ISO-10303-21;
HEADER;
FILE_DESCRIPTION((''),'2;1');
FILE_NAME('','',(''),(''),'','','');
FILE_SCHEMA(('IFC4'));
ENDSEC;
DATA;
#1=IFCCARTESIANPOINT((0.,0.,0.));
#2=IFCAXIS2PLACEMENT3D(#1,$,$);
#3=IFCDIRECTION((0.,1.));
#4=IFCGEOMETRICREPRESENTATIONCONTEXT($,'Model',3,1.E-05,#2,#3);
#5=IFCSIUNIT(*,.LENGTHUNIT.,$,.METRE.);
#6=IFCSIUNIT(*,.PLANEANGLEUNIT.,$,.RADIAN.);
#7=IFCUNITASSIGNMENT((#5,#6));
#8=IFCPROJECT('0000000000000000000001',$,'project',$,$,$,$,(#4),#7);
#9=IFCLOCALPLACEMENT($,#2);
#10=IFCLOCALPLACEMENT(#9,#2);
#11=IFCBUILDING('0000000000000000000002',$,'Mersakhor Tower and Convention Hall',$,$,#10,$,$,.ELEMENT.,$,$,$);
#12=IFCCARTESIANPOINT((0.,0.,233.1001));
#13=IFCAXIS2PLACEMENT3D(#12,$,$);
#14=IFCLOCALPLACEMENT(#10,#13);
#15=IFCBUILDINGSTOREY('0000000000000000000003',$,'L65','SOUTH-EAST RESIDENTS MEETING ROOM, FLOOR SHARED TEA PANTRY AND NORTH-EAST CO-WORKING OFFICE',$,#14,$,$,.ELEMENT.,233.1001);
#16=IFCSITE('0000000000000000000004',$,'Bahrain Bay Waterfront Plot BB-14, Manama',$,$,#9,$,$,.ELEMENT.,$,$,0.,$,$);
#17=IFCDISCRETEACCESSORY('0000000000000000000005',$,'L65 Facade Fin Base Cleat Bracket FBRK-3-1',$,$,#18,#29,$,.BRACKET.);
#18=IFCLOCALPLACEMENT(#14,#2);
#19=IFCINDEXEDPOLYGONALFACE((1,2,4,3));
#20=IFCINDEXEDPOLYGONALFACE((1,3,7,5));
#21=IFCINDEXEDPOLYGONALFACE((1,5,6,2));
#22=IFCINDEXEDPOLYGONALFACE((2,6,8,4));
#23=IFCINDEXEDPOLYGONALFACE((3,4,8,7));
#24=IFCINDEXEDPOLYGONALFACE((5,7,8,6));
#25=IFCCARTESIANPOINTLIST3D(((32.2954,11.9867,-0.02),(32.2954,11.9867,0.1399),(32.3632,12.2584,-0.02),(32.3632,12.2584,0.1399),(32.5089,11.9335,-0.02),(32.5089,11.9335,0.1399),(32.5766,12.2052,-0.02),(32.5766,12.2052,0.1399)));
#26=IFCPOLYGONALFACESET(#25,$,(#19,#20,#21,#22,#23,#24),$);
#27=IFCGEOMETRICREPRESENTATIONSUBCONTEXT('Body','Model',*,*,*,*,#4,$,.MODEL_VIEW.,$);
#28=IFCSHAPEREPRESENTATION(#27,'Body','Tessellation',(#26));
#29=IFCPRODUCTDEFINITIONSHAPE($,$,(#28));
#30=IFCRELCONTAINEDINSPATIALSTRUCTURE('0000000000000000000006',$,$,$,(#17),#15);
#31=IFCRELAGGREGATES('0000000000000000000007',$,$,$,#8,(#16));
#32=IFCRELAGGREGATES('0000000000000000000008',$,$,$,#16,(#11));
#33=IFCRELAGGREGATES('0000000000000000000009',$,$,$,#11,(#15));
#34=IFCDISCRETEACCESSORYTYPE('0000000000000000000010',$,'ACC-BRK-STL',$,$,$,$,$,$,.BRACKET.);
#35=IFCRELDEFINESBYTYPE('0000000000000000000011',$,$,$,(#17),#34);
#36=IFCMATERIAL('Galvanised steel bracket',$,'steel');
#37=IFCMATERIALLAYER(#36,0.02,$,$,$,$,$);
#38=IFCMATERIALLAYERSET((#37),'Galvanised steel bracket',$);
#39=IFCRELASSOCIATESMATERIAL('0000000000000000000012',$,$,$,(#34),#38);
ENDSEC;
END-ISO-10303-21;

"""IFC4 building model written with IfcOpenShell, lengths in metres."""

from ifc_helpers import new_model, si_unit, direction, frame, origin, origin_2d, place, context, subcontext, project, spatial, rectangle, extrude, material, layer, layer_set, type_object, element, save


model = new_model("IFC4")

# Units and contexts
model_context = context("Model", 3, precision=1e-05, world=origin(), true_north=direction((0.0, 1.0)))
body_context = subcontext(model_context, "Body", "Model", "MODEL_VIEW")
ifc_project = project(units=[si_unit("LENGTHUNIT", "METRE"), si_unit("PLANEANGLEUNIT", "RADIAN")], contexts=[model_context])

# Site, building, storey
site_placement = place(None, origin())
site = spatial("IfcSite", under=ifc_project, at=site_placement, Name="Bahrain Bay Waterfront Plot BB-14, Manama", CompositionType="ELEMENT", RefElevation=0.0)
building_placement = place(site_placement, origin())
building = spatial("IfcBuilding", under=site, at=building_placement, Name="Mersakhor Tower and Convention Hall", CompositionType="ELEMENT")
storey_placement = place(building_placement, frame((0.0, 0.0, 233.1001)))
storey = spatial("IfcBuildingStorey", under=building, at=storey_placement, Name="L65", Description="SOUTH-EAST RESIDENTS MEETING ROOM, FLOOR SHARED TEA PANTRY AND NORTH-EAST CO-WORKING OFFICE", CompositionType="ELEMENT", Elevation=233.1001)

# Discrete accessory
ifc_material_1 = material(Name="Galvanised steel bracket", Category="steel")
ifc_layer_1 = layer(ifc_material_1, 0.02)
ifc_layer_set_1 = layer_set([ifc_layer_1], Name="Galvanised steel bracket")
discrete_accessory_type = type_object("IfcDiscreteAccessoryType", Name="ACC-BRK-STL", PredefinedType="BRACKET", material=ifc_layer_set_1)
for number, where, z_axis, x_axis, name in (
    (1, (32.436, 12.0959, -0.02), (0.0, 0.0, 1.0), (-0.241922, -0.970296, 0.0), "L65 Facade Fin Base Cleat Bracket FBRK-3-1"),
):
    element("IfcDiscreteAccessory", number, at=place(storey_placement, frame(where, z_axis=z_axis, x_axis=x_axis)), inside=storey, type_object=discrete_accessory_type, Name=name, PredefinedType="BRACKET", context=body_context, shape_type="SweptSolid", body=[
        extrude(rectangle(XDim=0.28, YDim=0.22, at=origin_2d()), origin(), (0.0, 0.0, 1.0), 0.1599),
    ])

save(model, "model.ifc")
